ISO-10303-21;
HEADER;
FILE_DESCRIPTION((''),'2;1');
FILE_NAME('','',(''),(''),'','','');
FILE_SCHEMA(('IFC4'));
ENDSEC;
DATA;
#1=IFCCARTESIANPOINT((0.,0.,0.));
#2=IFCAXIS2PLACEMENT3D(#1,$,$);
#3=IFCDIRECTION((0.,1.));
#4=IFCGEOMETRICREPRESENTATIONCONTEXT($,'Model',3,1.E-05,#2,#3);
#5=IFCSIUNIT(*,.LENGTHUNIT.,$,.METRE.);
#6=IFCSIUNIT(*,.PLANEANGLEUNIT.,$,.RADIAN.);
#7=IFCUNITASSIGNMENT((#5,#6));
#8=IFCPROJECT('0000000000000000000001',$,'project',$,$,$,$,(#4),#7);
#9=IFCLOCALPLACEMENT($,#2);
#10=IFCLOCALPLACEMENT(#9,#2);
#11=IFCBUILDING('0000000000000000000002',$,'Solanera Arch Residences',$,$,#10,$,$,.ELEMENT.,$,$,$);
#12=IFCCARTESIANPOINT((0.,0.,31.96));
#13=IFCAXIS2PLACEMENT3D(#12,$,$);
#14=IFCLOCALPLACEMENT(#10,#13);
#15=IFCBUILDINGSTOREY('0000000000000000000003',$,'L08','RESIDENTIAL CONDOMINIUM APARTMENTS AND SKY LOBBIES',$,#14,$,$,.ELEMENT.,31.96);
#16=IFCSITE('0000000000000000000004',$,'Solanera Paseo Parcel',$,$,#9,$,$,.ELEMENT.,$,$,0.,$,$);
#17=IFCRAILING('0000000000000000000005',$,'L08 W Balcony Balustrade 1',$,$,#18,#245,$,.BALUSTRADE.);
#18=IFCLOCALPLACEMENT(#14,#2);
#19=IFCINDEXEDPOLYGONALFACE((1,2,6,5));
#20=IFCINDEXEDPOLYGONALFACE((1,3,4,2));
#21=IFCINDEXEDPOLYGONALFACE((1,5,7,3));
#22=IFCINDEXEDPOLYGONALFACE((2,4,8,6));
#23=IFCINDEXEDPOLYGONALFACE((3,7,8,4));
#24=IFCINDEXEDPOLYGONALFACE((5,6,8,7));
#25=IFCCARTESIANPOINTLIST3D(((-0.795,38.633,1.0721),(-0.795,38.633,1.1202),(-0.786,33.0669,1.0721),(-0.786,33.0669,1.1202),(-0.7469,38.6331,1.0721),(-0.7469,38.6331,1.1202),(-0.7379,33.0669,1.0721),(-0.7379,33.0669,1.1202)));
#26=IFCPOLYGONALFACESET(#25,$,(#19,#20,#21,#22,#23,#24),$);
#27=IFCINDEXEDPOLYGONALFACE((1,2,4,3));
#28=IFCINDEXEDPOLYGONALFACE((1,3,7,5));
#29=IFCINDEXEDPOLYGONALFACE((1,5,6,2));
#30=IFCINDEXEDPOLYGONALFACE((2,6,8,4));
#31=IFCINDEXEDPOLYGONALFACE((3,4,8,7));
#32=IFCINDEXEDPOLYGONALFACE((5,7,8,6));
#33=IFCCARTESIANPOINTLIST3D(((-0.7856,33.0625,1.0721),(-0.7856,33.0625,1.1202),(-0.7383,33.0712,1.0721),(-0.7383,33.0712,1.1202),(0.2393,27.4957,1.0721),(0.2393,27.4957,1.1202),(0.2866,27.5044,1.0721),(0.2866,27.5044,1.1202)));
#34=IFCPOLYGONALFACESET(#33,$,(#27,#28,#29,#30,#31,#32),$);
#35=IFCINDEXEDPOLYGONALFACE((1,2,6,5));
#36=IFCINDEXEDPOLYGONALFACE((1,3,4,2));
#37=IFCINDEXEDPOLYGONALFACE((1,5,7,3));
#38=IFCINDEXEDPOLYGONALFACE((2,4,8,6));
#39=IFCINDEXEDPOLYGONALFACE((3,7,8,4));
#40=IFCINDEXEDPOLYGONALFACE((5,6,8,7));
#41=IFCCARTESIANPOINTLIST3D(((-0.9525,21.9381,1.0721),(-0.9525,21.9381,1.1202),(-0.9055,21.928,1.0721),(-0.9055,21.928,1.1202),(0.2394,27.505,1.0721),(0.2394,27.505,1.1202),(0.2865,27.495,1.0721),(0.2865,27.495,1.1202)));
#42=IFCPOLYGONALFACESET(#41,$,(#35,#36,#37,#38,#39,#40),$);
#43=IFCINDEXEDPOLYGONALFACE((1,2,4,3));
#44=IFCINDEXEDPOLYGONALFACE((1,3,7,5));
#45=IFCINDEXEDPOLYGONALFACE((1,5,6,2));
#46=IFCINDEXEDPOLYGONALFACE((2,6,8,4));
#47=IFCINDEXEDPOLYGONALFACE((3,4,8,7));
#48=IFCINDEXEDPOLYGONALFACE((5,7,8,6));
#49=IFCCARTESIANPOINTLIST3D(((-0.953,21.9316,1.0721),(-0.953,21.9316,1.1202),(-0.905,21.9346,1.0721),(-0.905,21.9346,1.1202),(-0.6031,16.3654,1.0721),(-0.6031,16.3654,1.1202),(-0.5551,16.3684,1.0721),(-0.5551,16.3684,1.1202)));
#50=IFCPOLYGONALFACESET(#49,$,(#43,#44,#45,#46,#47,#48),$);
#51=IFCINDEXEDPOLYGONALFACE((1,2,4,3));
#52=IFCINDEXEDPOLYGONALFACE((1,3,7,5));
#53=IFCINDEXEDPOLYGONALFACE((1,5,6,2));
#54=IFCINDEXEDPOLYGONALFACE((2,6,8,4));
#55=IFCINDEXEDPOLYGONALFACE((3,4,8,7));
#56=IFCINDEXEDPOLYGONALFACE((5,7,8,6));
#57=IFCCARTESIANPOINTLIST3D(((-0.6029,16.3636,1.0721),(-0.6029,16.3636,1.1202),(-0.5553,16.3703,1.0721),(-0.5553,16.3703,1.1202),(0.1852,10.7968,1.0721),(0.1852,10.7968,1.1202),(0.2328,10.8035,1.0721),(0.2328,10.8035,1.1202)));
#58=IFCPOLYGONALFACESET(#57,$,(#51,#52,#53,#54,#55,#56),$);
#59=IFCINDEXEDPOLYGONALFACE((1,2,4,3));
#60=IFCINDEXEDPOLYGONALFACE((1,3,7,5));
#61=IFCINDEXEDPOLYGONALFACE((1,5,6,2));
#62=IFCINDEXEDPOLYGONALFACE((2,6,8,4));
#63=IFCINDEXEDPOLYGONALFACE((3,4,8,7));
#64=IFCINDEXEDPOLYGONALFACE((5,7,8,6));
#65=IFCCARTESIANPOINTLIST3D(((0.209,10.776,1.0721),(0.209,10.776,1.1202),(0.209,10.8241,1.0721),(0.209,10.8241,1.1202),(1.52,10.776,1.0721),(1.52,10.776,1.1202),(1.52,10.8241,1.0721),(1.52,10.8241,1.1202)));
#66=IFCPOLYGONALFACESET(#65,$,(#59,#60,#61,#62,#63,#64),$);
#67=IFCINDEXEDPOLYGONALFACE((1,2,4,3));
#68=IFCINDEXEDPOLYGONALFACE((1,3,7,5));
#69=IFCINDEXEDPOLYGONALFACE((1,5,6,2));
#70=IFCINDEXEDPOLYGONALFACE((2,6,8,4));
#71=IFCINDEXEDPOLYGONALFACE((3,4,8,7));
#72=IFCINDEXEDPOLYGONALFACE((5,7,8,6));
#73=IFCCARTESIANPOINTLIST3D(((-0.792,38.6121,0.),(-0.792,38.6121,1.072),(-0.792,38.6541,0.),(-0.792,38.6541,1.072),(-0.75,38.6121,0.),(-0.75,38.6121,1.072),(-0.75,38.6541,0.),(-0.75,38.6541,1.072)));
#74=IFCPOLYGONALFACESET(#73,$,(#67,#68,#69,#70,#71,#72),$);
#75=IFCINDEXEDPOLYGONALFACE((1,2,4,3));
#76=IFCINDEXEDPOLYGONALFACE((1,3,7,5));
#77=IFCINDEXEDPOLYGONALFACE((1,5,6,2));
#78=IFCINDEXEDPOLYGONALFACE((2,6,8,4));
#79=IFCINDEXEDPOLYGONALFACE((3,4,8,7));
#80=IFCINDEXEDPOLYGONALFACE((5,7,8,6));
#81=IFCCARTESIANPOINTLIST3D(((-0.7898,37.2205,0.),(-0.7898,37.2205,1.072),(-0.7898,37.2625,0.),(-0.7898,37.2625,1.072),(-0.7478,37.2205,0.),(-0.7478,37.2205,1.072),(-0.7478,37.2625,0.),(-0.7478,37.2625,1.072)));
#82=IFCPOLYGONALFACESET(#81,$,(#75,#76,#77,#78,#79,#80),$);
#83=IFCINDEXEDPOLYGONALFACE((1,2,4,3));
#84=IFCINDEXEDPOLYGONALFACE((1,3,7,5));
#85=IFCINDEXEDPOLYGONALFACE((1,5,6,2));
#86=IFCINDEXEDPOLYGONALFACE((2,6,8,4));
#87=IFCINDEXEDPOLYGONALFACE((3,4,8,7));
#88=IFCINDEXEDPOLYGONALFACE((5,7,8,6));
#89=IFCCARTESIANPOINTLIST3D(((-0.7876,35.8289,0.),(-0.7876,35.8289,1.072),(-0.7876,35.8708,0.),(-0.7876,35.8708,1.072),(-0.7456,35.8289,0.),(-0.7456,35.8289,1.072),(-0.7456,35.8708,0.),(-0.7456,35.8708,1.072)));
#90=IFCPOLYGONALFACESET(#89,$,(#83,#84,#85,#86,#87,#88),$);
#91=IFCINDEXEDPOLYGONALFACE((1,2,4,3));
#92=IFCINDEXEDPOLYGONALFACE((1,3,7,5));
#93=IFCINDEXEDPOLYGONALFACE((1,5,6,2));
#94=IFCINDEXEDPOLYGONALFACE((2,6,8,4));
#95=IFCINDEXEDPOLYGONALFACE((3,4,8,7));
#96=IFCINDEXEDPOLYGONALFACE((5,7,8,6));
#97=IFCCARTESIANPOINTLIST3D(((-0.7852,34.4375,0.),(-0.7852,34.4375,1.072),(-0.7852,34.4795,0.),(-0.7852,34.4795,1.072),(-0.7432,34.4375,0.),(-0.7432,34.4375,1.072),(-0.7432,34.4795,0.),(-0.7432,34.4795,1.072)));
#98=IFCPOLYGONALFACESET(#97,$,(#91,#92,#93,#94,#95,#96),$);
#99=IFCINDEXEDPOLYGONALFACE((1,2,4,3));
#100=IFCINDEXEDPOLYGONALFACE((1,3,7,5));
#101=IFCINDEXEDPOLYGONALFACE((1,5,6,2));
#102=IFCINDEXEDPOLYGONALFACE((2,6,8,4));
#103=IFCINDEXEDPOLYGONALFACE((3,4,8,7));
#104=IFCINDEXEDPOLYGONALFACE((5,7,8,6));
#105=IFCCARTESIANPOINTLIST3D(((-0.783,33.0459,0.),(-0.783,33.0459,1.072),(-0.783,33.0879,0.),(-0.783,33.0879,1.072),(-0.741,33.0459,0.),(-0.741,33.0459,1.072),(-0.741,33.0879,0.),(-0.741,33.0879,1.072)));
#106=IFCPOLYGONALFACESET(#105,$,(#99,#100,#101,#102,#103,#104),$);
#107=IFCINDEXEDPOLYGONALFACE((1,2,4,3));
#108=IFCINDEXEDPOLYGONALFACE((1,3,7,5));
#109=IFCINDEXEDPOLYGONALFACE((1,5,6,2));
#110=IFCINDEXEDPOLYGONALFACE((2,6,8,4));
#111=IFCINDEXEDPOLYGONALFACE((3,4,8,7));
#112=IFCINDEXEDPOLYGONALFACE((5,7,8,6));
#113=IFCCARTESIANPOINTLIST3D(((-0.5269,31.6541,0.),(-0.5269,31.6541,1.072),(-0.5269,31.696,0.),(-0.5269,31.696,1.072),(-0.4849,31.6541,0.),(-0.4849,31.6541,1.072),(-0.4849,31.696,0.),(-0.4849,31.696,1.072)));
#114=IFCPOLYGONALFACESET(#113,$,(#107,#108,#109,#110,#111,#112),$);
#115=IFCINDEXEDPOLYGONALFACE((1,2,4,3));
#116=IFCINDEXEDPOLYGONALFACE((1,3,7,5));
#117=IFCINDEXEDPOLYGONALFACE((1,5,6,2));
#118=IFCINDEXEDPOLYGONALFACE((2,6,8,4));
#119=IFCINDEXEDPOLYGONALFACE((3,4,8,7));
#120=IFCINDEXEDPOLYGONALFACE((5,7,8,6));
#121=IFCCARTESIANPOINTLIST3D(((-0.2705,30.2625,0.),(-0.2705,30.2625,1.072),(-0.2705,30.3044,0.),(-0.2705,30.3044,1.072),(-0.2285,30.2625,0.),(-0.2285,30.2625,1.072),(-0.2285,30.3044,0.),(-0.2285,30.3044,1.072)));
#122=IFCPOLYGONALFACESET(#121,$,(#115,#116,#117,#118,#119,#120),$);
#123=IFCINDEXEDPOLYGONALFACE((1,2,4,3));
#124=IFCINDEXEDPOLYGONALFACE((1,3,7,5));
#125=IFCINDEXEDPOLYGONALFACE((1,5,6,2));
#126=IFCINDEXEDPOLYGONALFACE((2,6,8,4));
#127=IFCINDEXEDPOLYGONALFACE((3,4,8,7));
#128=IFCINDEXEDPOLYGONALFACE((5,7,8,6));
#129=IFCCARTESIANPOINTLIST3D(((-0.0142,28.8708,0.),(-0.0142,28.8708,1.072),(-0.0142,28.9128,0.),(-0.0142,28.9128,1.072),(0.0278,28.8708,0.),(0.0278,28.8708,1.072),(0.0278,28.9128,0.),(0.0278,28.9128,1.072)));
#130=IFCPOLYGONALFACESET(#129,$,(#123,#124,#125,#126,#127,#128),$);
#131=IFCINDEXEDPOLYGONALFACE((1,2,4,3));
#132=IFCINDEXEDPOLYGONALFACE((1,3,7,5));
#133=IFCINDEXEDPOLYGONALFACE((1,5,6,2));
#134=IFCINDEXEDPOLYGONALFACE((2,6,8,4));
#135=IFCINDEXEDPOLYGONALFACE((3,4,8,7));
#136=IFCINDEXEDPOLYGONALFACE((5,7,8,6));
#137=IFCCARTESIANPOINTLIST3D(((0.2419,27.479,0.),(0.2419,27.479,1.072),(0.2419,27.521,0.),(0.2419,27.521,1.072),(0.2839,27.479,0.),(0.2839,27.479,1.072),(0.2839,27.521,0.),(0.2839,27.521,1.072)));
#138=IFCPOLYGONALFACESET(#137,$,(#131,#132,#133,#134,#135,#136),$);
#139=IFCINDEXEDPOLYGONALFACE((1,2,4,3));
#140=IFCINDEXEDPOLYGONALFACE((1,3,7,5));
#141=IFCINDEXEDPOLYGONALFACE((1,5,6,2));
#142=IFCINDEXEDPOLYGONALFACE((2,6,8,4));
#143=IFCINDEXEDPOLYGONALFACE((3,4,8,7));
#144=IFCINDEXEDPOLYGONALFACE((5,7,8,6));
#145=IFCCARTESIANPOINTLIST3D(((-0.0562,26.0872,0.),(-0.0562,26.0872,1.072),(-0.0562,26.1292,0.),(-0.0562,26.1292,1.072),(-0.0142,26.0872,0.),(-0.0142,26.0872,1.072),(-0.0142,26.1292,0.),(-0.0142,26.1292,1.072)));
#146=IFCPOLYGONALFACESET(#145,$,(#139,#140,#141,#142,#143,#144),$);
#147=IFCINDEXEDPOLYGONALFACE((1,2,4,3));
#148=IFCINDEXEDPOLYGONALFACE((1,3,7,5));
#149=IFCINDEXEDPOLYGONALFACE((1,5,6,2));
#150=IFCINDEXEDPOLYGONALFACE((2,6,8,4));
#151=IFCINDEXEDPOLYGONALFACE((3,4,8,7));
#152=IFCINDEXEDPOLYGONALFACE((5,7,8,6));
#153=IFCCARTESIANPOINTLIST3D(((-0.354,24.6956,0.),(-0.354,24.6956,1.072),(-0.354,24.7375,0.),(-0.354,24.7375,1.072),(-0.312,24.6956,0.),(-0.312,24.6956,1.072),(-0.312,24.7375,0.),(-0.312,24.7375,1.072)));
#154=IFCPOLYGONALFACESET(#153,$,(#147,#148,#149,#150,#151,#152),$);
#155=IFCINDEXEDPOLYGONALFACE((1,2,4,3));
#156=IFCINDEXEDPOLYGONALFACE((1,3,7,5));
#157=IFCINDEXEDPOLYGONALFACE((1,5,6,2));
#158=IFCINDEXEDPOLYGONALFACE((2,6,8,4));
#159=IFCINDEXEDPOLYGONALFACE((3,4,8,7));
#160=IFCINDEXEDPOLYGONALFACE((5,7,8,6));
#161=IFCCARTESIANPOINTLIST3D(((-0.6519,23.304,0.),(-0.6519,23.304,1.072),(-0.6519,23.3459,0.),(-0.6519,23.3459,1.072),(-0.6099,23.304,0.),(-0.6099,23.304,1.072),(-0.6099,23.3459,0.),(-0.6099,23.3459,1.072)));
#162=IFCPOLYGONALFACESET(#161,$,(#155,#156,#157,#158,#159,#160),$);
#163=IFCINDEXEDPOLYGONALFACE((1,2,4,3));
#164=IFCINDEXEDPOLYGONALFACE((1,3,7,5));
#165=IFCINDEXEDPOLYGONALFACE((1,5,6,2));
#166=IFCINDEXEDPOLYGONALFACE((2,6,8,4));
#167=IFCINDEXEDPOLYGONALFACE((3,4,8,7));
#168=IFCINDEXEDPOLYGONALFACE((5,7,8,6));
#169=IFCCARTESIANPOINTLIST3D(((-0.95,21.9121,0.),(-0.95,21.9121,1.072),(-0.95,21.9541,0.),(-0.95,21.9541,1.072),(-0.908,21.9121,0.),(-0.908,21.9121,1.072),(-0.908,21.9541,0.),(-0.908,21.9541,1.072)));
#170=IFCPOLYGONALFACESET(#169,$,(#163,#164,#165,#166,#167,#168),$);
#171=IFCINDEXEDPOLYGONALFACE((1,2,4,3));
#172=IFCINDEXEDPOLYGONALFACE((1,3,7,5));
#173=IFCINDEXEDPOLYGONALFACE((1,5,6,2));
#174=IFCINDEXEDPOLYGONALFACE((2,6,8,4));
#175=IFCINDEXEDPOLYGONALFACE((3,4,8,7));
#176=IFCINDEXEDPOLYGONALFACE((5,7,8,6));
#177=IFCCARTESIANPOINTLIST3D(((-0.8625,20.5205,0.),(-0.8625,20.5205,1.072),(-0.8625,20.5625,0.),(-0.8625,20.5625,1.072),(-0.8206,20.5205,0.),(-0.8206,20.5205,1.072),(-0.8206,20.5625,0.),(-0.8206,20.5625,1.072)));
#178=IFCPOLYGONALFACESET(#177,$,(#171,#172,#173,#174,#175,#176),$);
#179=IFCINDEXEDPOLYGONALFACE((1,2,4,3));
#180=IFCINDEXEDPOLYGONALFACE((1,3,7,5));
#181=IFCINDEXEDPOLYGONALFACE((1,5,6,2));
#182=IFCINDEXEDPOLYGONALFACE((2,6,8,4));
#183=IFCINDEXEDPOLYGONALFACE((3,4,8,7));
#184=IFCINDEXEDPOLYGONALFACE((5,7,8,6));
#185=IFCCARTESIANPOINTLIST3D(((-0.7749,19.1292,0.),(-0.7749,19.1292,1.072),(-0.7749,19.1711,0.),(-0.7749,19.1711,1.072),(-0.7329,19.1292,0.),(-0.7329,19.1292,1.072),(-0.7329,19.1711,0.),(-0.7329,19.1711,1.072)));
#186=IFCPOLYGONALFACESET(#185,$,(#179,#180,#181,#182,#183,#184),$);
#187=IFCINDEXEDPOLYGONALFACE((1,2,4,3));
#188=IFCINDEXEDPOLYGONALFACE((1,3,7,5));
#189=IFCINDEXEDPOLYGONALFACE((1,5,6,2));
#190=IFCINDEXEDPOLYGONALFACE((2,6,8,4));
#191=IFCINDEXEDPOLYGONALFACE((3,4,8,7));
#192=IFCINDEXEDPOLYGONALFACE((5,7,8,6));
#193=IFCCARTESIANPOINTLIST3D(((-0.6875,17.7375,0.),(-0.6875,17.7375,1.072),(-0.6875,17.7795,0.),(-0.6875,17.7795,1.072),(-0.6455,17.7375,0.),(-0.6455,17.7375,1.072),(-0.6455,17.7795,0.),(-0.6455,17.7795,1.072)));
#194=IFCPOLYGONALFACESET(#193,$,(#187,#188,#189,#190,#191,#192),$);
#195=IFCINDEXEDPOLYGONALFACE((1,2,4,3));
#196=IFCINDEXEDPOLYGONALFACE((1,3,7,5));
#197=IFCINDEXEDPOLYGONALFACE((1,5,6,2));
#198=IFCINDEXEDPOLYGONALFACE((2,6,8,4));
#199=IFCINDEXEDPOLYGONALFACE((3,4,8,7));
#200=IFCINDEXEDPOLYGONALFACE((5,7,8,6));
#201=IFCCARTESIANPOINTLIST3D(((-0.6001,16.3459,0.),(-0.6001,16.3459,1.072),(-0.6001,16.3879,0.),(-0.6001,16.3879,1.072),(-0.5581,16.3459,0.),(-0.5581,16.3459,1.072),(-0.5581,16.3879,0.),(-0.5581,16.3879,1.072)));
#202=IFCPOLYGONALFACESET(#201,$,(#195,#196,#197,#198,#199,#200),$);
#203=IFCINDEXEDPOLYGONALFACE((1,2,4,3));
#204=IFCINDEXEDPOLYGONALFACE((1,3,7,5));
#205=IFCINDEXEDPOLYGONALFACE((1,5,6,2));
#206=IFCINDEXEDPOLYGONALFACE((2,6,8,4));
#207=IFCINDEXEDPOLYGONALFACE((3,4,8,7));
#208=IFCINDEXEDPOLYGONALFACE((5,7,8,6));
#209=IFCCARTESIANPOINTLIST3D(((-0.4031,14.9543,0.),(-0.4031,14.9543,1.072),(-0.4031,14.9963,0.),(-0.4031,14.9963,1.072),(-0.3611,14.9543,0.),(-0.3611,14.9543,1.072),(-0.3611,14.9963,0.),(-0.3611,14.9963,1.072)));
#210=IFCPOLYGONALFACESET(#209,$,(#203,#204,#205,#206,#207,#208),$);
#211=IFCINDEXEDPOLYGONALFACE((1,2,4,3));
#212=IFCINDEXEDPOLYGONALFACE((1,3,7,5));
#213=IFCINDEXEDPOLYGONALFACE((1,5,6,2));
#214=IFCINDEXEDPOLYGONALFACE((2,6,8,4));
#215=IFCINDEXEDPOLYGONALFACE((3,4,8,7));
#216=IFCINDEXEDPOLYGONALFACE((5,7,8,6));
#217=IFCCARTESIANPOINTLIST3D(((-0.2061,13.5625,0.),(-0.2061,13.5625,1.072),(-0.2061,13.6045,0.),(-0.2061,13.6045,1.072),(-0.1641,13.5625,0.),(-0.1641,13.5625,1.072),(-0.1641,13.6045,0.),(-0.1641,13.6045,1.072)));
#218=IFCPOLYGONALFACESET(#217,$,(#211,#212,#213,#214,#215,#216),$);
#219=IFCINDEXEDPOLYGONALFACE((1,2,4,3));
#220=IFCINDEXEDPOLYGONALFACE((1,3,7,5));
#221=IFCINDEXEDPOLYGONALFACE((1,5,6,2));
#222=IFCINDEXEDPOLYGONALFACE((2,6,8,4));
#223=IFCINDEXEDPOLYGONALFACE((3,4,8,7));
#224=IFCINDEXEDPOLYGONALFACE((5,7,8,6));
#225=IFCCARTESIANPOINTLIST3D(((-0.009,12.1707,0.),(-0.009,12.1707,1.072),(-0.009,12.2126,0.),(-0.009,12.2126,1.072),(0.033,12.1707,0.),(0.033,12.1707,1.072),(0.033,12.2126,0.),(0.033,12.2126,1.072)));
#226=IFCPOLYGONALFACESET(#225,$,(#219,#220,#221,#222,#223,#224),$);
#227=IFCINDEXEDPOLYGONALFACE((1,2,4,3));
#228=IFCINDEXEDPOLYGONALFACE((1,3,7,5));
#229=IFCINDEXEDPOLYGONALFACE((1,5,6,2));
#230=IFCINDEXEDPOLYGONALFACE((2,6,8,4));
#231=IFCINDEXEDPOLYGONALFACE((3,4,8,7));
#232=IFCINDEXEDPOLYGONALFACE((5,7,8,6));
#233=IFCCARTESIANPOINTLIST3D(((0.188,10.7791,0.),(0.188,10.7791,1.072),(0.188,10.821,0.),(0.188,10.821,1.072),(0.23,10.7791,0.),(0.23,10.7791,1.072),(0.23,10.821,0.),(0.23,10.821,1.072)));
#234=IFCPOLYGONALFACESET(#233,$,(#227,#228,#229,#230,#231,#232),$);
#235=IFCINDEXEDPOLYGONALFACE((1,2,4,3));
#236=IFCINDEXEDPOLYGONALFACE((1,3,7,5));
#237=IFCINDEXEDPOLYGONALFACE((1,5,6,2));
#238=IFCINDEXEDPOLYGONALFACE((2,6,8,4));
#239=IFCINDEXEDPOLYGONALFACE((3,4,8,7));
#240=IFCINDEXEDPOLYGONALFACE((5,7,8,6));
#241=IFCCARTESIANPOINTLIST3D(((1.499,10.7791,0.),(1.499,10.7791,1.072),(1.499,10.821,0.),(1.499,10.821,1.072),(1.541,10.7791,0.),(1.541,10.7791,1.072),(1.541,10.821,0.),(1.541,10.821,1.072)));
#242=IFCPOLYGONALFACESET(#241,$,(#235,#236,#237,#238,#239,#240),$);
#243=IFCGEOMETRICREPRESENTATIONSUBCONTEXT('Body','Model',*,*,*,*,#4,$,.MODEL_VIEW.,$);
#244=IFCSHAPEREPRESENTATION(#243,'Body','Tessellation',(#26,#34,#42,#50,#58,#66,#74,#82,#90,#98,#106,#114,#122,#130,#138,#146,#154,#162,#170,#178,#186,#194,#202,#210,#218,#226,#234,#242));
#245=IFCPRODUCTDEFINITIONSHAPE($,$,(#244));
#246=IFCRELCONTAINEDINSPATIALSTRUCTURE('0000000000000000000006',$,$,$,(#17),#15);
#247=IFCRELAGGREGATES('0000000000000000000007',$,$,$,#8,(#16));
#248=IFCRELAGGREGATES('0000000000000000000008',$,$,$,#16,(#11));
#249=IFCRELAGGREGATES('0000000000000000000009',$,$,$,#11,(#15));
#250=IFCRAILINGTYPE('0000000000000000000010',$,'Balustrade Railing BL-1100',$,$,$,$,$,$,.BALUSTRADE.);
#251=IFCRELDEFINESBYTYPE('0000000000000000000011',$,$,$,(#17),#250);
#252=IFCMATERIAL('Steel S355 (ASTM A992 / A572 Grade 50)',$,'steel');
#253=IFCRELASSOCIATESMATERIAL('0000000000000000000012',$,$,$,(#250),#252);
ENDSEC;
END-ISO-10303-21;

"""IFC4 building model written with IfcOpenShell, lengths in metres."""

from ifc_helpers import new_model, si_unit, direction, frame, origin, origin_2d, place, context, subcontext, project, spatial, rectangle, extrude, material, type_object, element, save


model = new_model("IFC4")

# Units and contexts
model_context = context("Model", 3, precision=1e-05, world=origin(), true_north=direction((0.0, 1.0)))
body_context = subcontext(model_context, "Body", "Model", "MODEL_VIEW")
ifc_project = project(units=[si_unit("LENGTHUNIT", "METRE"), si_unit("PLANEANGLEUNIT", "RADIAN")], contexts=[model_context])

# Site, building, storey
site_placement = place(None, origin())
site = spatial("IfcSite", under=ifc_project, at=site_placement, Name="Solanera Paseo Parcel", CompositionType="ELEMENT", RefElevation=0.0)
building_placement = place(site_placement, origin())
building = spatial("IfcBuilding", under=site, at=building_placement, Name="Solanera Arch Residences", CompositionType="ELEMENT")
storey_placement = place(building_placement, frame((0.0, 0.0, 31.96)))
storey = spatial("IfcBuildingStorey", under=building, at=storey_placement, Name="L08", Description="RESIDENTIAL CONDOMINIUM APARTMENTS AND SKY LOBBIES", CompositionType="ELEMENT", Elevation=31.96)

# Railing
ifc_material_1 = material(Name="Steel S355 (ASTM A992 / A572 Grade 50)", Category="steel")
railing_type_1 = type_object("IfcRailingType", Name="Balustrade Railing BL-1100", PredefinedType="BALUSTRADE", material=ifc_material_1)
railing_1_placement = place(storey_placement, frame((-0.771, 38.6331, 0.0)))
element("IfcRailing", 1, at=railing_1_placement, inside=storey, type_object=railing_type_1, Name="L08 W Balcony Balustrade 1", PredefinedType="BALUSTRADE", context=body_context, shape_type="SweptSolid", body=[
    extrude(rectangle(XDim=0.0481, YDim=0.0481, at=origin_2d()), frame((0.0, 0.0, 1.0962), z_axis=(0.001623, -0.999999, 0.0), x_axis=(0.999999, 0.001623, 0.0)), (0.0, 0.0, 1.0), 5.5662),
    extrude(rectangle(XDim=0.0481, YDim=0.0481, at=origin_2d()), frame((0.009, -5.5662, 1.0962), z_axis=(0.181064, -0.983471, 0.0), x_axis=(0.983471, 0.181064, 0.0)), (0.0, 0.0, 1.0), 5.6604),
    extrude(rectangle(XDim=0.0481, YDim=0.0481, at=origin_2d()), frame((1.0339, -11.1331, 1.0962), z_axis=(-0.209359, -0.977839, 0.0), x_axis=(0.977839, -0.209359, 0.0)), (0.0, 0.0, 1.0), 5.6931),
    extrude(rectangle(XDim=0.0481, YDim=0.0481, at=origin_2d()), frame((-0.158, -16.7, 1.0962), z_axis=(0.06273, -0.998031, 0.0), x_axis=(0.998031, 0.06273, 0.0)), (0.0, 0.0, 1.0), 5.5771),
    extrude(rectangle(XDim=0.0481, YDim=0.0481, at=origin_2d()), frame((0.1919, -22.2661, 1.0962), z_axis=(0.140169, -0.990128, 0.0), x_axis=(0.990128, 0.140169, 0.0)), (0.0, 0.0, 1.0), 5.6223),
    extrude(rectangle(XDim=0.0481, YDim=0.0481, at=origin_2d()), frame((0.98, -27.833, 1.0962), z_axis=(1.0, 0.0, 0.0), x_axis=(0.0, 1.0, 0.0)), (0.0, 0.0, 1.0), 1.311),
    extrude(rectangle(XDim=0.042, YDim=0.042, at=origin_2d()), origin(), (0.0, 0.0, 1.0), 1.072),
    extrude(rectangle(XDim=0.042, YDim=0.042, at=origin_2d()), frame((0.0022, -1.3916, 0.0)), (0.0, 0.0, 1.0), 1.072),
    extrude(rectangle(XDim=0.042, YDim=0.042, at=origin_2d()), frame((0.0044, -2.7832, 0.0)), (0.0, 0.0, 1.0), 1.072),
    extrude(rectangle(XDim=0.042, YDim=0.042, at=origin_2d()), frame((0.0068, -4.1746, 0.0)), (0.0, 0.0, 1.0), 1.072),
    extrude(rectangle(XDim=0.042, YDim=0.042, at=origin_2d()), frame((0.009, -5.5662, 0.0)), (0.0, 0.0, 1.0), 1.072),
    extrude(rectangle(XDim=0.042, YDim=0.042, at=origin_2d()), frame((0.2651, -6.958, 0.0)), (0.0, 0.0, 1.0), 1.072),
    extrude(rectangle(XDim=0.042, YDim=0.042, at=origin_2d()), frame((0.5215, -8.3496, 0.0)), (0.0, 0.0, 1.0), 1.072),
    extrude(rectangle(XDim=0.042, YDim=0.042, at=origin_2d()), frame((0.7778, -9.7412, 0.0)), (0.0, 0.0, 1.0), 1.072),
    extrude(rectangle(XDim=0.042, YDim=0.042, at=origin_2d()), frame((1.0339, -11.1331, 0.0)), (0.0, 0.0, 1.0), 1.072),
    extrude(rectangle(XDim=0.042, YDim=0.042, at=origin_2d()), frame((0.7358, -12.5249, 0.0)), (0.0, 0.0, 1.0), 1.072),
    extrude(rectangle(XDim=0.042, YDim=0.042, at=origin_2d()), frame((0.438, -13.9165, 0.0)), (0.0, 0.0, 1.0), 1.072),
    extrude(rectangle(XDim=0.042, YDim=0.042, at=origin_2d()), frame((0.1401, -15.3081, 0.0)), (0.0, 0.0, 1.0), 1.072),
    extrude(rectangle(XDim=0.042, YDim=0.042, at=origin_2d()), frame((-0.158, -16.7, 0.0)), (0.0, 0.0, 1.0), 1.072),
    extrude(rectangle(XDim=0.042, YDim=0.042, at=origin_2d()), frame((-0.0706, -18.0916, 0.0)), (0.0, 0.0, 1.0), 1.072),
    extrude(rectangle(XDim=0.042, YDim=0.042, at=origin_2d()), frame((0.0171, -19.4829, 0.0)), (0.0, 0.0, 1.0), 1.072),
    extrude(rectangle(XDim=0.042, YDim=0.042, at=origin_2d()), frame((0.1045, -20.8745, 0.0)), (0.0, 0.0, 1.0), 1.072),
    extrude(rectangle(XDim=0.042, YDim=0.042, at=origin_2d()), frame((0.1919, -22.2661, 0.0)), (0.0, 0.0, 1.0), 1.072),
    extrude(rectangle(XDim=0.042, YDim=0.042, at=origin_2d()), frame((0.3889, -23.6577, 0.0)), (0.0, 0.0, 1.0), 1.072),
    extrude(rectangle(XDim=0.042, YDim=0.042, at=origin_2d()), frame((0.5859, -25.0496, 0.0)), (0.0, 0.0, 1.0), 1.072),
    extrude(rectangle(XDim=0.042, YDim=0.042, at=origin_2d()), frame((0.783, -26.4414, 0.0)), (0.0, 0.0, 1.0), 1.072),
    extrude(rectangle(XDim=0.042, YDim=0.042, at=origin_2d()), frame((0.98, -27.833, 0.0)), (0.0, 0.0, 1.0), 1.072),
    extrude(rectangle(XDim=0.042, YDim=0.042, at=origin_2d()), frame((2.291, -27.833, 0.0)), (0.0, 0.0, 1.0), 1.072),
])

save(model, "model.ifc")
